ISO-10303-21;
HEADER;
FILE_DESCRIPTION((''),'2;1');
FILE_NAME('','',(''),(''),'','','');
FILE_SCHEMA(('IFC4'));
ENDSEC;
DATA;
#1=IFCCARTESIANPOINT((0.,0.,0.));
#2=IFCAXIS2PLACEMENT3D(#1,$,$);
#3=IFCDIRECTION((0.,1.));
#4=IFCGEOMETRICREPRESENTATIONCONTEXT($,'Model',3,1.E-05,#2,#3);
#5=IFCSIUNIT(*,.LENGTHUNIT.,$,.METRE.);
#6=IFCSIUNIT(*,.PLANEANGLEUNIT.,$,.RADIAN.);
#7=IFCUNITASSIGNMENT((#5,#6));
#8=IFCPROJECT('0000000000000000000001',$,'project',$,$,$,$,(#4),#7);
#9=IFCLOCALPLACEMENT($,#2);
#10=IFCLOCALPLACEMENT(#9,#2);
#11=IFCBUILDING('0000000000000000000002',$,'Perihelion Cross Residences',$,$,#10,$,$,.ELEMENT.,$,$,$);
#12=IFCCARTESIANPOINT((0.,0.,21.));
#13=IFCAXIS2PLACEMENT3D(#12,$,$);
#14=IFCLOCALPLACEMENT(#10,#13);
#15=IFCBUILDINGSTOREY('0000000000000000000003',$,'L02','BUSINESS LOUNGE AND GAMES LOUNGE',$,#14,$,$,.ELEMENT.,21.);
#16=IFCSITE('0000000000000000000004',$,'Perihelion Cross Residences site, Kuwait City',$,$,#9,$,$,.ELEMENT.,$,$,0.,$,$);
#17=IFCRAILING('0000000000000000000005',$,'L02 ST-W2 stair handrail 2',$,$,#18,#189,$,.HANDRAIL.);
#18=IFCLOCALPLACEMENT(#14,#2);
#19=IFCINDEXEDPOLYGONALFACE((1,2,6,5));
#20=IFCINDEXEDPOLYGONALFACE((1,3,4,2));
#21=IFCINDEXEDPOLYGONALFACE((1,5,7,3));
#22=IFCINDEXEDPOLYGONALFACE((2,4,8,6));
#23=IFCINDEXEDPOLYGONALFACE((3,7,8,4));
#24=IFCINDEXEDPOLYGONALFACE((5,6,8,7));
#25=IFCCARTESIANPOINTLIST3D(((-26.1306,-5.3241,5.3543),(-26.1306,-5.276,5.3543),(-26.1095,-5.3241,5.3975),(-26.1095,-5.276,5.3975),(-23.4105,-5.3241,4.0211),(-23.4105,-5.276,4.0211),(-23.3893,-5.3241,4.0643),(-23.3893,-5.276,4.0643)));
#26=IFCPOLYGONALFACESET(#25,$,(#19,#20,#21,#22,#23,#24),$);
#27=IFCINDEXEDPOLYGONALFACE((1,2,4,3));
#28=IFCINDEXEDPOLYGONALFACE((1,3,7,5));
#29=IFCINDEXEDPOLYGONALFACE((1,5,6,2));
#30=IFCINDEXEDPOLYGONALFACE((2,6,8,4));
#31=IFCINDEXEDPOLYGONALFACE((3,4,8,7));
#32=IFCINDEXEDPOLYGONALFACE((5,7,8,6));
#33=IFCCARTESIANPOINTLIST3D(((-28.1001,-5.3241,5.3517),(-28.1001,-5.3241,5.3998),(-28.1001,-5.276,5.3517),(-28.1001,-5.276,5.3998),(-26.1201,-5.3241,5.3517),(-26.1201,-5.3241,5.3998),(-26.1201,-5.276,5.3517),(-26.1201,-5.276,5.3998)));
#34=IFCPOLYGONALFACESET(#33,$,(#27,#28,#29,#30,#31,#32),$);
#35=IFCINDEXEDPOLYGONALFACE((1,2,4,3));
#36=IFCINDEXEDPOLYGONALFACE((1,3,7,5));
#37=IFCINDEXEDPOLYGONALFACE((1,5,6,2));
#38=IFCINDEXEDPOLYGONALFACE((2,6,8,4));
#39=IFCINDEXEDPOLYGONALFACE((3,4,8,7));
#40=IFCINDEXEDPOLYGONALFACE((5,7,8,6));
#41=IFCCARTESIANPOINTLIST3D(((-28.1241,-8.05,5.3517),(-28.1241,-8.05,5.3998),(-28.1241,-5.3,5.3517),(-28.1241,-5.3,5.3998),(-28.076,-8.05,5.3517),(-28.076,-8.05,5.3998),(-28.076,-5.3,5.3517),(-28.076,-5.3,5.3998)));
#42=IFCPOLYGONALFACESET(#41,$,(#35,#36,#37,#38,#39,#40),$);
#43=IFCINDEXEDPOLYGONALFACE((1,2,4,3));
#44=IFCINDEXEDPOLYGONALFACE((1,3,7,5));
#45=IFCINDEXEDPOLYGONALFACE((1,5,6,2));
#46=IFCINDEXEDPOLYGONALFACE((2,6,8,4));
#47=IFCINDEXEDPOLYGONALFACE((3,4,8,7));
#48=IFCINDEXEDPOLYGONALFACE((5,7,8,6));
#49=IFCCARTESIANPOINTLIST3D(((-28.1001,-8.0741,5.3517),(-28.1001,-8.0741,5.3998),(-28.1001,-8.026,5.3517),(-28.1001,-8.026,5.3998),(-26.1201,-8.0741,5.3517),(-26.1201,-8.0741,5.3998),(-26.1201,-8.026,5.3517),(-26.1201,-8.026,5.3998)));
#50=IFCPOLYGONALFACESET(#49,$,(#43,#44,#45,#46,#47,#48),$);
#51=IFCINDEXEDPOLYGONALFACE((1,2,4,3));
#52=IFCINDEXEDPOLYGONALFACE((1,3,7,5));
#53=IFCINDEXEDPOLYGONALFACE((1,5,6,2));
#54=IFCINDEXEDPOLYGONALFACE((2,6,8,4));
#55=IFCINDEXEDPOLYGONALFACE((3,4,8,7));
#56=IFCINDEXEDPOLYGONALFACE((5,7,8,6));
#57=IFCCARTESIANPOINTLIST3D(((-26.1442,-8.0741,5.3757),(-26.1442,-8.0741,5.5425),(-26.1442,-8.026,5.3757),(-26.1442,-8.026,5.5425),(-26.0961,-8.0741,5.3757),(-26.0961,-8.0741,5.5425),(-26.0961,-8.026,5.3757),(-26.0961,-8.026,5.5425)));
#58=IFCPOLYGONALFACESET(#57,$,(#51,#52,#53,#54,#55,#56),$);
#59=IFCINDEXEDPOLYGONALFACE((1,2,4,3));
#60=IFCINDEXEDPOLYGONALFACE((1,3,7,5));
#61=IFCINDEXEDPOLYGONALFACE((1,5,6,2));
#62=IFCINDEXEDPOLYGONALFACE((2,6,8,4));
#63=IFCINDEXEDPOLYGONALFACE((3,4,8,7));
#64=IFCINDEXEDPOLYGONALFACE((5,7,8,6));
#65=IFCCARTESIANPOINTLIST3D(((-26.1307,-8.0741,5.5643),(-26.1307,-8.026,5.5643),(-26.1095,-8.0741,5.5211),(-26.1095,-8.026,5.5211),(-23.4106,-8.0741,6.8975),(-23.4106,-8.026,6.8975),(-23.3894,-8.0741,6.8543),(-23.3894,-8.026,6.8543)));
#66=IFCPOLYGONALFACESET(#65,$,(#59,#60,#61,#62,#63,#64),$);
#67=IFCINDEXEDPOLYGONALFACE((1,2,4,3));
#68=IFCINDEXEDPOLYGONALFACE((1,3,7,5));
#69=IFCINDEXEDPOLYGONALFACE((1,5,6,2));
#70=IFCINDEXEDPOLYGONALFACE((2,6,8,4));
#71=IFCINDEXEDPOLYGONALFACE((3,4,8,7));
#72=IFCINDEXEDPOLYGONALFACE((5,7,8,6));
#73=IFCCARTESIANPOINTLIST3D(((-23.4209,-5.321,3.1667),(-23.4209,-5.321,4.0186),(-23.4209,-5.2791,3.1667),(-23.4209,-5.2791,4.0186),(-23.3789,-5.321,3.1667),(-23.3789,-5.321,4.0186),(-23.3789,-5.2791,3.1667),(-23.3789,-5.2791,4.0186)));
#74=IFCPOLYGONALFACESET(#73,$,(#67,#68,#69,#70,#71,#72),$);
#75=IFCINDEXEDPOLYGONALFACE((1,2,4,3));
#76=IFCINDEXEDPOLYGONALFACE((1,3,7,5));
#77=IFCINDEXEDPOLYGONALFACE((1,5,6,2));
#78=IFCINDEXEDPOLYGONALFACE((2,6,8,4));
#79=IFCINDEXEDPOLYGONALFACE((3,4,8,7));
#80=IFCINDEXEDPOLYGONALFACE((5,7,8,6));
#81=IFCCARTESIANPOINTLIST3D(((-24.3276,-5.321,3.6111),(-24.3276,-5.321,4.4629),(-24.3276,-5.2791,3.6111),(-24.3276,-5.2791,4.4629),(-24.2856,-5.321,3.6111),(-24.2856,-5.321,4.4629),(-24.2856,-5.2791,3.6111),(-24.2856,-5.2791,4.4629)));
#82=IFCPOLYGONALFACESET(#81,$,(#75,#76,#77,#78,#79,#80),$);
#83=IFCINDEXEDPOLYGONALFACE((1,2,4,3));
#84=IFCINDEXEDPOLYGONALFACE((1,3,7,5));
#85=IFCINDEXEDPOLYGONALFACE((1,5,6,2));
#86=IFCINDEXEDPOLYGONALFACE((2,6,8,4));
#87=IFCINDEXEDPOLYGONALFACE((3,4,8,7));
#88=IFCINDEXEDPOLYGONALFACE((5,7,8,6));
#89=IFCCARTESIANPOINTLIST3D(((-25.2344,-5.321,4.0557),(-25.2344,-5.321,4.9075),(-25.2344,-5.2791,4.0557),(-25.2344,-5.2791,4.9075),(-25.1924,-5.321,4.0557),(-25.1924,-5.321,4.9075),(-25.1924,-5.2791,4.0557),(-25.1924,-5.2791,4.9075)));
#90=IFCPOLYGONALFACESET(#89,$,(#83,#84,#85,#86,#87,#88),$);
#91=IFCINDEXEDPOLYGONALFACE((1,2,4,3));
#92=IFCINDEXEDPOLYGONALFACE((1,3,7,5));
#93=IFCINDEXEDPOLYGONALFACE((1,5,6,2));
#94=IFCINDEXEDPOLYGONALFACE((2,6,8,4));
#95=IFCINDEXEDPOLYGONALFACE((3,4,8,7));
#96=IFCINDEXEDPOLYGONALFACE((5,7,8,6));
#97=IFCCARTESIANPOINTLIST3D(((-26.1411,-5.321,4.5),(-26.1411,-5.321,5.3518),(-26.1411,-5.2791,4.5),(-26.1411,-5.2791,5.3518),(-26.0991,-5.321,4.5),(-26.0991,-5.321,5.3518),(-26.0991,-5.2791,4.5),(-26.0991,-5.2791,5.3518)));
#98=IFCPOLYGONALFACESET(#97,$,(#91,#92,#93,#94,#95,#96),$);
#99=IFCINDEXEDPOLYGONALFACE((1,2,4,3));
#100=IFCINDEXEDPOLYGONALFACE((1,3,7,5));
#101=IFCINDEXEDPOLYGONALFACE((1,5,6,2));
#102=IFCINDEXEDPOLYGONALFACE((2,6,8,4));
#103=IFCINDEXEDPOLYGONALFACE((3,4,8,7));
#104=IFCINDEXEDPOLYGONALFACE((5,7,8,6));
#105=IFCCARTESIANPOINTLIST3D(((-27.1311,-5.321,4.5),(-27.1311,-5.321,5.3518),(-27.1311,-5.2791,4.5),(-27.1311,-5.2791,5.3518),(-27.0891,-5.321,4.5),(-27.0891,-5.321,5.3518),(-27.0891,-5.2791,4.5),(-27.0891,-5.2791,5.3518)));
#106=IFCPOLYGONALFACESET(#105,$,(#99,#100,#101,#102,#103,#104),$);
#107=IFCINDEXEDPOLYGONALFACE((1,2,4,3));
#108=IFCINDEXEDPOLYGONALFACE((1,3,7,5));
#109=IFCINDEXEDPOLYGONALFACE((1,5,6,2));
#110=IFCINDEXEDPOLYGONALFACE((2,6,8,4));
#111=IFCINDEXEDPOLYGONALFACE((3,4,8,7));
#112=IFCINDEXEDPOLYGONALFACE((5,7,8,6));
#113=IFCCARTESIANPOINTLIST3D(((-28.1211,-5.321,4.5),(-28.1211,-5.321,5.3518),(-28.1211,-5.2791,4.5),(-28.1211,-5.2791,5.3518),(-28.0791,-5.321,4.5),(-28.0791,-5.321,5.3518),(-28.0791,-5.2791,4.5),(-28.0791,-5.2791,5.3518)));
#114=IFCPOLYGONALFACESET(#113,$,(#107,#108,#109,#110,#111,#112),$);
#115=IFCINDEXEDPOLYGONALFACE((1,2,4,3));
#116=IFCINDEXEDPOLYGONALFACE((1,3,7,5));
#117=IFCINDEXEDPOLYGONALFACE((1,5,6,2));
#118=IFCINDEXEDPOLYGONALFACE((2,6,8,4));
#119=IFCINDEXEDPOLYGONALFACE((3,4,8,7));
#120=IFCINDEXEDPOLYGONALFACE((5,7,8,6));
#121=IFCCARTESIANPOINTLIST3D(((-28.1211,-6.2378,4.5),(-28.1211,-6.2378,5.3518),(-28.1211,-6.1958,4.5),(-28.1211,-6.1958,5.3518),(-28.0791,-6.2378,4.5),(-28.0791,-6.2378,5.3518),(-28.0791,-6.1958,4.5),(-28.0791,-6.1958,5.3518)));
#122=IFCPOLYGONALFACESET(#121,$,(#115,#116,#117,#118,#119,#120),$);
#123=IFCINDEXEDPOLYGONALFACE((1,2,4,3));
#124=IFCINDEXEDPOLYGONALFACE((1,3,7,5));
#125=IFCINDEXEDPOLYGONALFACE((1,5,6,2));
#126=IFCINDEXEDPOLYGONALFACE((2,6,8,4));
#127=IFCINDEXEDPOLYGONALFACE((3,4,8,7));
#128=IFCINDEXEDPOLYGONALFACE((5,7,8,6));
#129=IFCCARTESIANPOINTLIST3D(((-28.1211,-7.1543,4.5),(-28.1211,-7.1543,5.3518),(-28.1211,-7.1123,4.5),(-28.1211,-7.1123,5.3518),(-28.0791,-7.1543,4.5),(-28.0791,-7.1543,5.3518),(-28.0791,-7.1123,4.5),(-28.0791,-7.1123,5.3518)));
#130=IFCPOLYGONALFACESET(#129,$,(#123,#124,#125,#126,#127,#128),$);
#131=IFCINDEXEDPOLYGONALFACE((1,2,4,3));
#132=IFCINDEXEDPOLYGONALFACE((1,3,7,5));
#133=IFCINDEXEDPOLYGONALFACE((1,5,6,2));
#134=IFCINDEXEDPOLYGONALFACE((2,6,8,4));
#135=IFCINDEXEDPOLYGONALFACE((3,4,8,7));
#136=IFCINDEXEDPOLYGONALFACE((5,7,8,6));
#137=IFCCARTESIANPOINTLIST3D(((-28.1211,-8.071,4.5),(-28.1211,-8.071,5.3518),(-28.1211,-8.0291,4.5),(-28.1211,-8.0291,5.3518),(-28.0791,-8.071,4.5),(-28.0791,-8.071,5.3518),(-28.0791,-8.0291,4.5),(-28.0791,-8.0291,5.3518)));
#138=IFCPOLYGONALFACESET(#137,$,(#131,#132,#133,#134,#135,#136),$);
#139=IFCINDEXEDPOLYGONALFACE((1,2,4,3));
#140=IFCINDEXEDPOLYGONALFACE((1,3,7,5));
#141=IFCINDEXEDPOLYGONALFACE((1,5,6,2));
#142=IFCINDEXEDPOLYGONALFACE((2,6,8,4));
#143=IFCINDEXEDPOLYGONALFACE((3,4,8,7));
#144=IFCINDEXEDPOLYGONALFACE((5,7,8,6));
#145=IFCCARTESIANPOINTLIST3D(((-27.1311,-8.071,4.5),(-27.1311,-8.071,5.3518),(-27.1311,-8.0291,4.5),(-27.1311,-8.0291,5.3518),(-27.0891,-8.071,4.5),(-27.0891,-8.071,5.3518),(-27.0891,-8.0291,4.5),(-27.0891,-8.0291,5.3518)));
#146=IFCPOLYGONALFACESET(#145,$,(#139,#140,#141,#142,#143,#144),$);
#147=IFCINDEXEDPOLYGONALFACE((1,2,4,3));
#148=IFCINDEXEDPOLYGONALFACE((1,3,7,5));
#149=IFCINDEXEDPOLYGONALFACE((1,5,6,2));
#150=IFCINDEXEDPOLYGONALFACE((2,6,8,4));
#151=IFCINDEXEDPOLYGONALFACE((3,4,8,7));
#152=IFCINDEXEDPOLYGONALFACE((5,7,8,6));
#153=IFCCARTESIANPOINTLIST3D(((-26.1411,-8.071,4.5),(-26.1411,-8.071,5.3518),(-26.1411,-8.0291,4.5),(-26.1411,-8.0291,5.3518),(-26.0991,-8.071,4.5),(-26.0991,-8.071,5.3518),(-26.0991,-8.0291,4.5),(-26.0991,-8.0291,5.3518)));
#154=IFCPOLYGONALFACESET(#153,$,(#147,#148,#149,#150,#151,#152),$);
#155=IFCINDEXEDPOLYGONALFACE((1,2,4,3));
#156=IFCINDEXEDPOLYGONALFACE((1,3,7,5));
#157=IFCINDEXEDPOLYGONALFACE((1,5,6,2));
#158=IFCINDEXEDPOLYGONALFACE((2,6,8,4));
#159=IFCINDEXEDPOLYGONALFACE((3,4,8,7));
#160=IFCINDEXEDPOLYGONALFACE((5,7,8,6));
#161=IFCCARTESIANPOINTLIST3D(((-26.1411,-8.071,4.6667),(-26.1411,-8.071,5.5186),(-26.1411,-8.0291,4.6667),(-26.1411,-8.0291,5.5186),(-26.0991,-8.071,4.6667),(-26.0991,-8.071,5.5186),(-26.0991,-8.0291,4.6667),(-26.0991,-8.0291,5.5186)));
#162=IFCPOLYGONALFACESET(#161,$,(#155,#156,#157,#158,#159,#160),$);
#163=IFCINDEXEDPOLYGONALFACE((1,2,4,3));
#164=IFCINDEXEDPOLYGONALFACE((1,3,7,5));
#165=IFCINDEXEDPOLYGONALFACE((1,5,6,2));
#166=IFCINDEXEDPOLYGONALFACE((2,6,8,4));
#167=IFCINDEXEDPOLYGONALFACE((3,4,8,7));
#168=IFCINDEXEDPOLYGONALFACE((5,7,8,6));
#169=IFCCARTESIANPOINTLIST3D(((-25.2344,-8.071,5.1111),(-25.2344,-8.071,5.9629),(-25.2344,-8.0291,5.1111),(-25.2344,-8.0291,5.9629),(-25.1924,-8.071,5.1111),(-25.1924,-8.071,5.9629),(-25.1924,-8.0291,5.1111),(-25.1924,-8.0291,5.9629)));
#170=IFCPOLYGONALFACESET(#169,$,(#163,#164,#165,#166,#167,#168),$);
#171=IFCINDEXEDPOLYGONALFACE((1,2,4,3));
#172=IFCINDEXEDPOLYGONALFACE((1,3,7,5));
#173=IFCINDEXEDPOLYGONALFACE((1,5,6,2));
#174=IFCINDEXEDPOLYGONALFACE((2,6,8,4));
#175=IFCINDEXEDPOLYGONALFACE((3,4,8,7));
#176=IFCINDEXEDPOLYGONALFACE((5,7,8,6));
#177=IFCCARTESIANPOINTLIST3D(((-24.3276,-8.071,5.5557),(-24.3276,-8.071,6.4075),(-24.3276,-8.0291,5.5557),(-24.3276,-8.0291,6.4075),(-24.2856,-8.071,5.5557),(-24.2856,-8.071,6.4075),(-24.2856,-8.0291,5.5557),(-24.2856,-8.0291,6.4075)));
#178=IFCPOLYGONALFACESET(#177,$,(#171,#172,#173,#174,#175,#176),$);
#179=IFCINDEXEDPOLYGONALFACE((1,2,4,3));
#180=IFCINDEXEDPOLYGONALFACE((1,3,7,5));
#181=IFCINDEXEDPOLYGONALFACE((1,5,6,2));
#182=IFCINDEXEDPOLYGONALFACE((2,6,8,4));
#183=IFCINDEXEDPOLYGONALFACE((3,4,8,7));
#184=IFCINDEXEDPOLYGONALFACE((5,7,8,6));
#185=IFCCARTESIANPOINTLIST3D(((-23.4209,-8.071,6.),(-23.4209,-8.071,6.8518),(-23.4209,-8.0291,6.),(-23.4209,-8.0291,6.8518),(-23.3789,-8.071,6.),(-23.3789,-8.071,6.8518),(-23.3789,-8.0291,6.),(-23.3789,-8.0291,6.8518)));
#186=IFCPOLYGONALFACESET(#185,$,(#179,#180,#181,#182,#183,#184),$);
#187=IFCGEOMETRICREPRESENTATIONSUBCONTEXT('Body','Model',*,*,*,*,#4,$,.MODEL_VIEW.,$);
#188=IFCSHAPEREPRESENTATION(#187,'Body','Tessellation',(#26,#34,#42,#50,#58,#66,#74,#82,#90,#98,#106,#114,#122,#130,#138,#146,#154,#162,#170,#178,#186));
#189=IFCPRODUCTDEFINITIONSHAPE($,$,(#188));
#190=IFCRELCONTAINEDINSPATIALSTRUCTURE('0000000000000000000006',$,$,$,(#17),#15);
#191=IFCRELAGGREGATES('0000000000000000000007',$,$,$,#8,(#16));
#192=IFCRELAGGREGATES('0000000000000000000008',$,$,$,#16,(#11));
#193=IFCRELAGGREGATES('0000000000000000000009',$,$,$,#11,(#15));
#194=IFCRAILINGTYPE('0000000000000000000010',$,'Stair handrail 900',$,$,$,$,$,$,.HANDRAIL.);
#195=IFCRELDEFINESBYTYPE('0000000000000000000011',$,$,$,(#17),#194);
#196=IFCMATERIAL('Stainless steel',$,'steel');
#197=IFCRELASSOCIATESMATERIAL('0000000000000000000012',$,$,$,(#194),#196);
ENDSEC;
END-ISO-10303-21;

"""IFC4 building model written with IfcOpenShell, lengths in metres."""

from ifc_helpers import new_model, si_unit, direction, frame, origin, origin_2d, place, context, subcontext, project, spatial, rectangle, extrude, material, type_object, element, save


model = new_model("IFC4")

# Units and contexts
model_context = context("Model", 3, precision=1e-05, world=origin(), true_north=direction((0.0, 1.0)))
body_context = subcontext(model_context, "Body", "Model", "MODEL_VIEW")
ifc_project = project(units=[si_unit("LENGTHUNIT", "METRE"), si_unit("PLANEANGLEUNIT", "RADIAN")], contexts=[model_context])

# Site, building, storey
site_placement = place(None, origin())
site = spatial("IfcSite", under=ifc_project, at=site_placement, Name="Perihelion Cross Residences site, Kuwait City", CompositionType="ELEMENT", RefElevation=0.0)
building_placement = place(site_placement, origin())
building = spatial("IfcBuilding", under=site, at=building_placement, Name="Perihelion Cross Residences", CompositionType="ELEMENT")
storey_placement = place(building_placement, frame((0.0, 0.0, 21.0)))
storey = spatial("IfcBuildingStorey", under=building, at=storey_placement, Name="L02", Description="BUSINESS LOUNGE AND GAMES LOUNGE", CompositionType="ELEMENT", Elevation=21.0)

# Railing
ifc_material_1 = material(Name="Stainless steel", Category="steel")
railing_type_1 = type_object("IfcRailingType", Name="Stair handrail 900", PredefinedType="HANDRAIL", material=ifc_material_1)
railing_1_placement = place(storey_placement, frame((-23.3999, -5.3, 3.1667)))
element("IfcRailing", 1, at=railing_1_placement, inside=storey, type_object=railing_type_1, Name="L02 ST-W2 stair handrail 2", PredefinedType="HANDRAIL", context=body_context, shape_type="SweptSolid", body=[
    extrude(rectangle(XDim=0.0481, YDim=0.0481, at=origin_2d()), frame((0.0, 0.0, 0.876), z_axis=(-0.897945, 0.0, 0.440108), x_axis=(0.0, -1.0, 0.0)), (0.0, 0.0, 1.0), 3.0293),
    extrude(rectangle(XDim=0.0481, YDim=0.0481, at=origin_2d()), frame((-2.7202, 0.0, 2.209), z_axis=(-1.0, 0.0, 0.0), x_axis=(0.0, -1.0, 0.0)), (0.0, 0.0, 1.0), 1.98),
    extrude(rectangle(XDim=0.0481, YDim=0.0481, at=origin_2d()), frame((-4.7002, 0.0, 2.209), z_axis=(0.0, -1.0, 0.0), x_axis=(1.0, 0.0, 0.0)), (0.0, 0.0, 1.0), 2.75),
    extrude(rectangle(XDim=0.0481, YDim=0.0481, at=origin_2d()), frame((-4.7002, -2.75, 2.209), z_axis=(1.0, 0.0, 0.0), x_axis=(0.0, 1.0, 0.0)), (0.0, 0.0, 1.0), 1.98),
    extrude(rectangle(XDim=0.0481, YDim=0.0481, at=origin_2d()), frame((-2.7202, -2.75, 2.209), z_axis=(0.0, 0.0, 1.0), x_axis=(1.0, 0.0, 0.0)), (0.0, 0.0, 1.0), 0.1667),
    extrude(rectangle(XDim=0.0481, YDim=0.0481, at=origin_2d()), frame((-2.7202, -2.75, 2.376), z_axis=(0.897945, 0.0, 0.440108), x_axis=(0.0, 1.0, 0.0)), (0.0, 0.0, 1.0), 3.0293),
    extrude(rectangle(XDim=0.042, YDim=0.042, at=origin_2d()), origin(), (0.0, 0.0, 1.0), 0.8518),
    extrude(rectangle(XDim=0.042, YDim=0.042, at=origin_2d()), frame((-0.9067, 0.0, 0.4443)), (0.0, 0.0, 1.0), 0.8518),
    extrude(rectangle(XDim=0.042, YDim=0.042, at=origin_2d()), frame((-1.8135, 0.0, 0.8889)), (0.0, 0.0, 1.0), 0.8518),
    extrude(rectangle(XDim=0.042, YDim=0.042, at=origin_2d()), frame((-2.7202, 0.0, 1.3333)), (0.0, 0.0, 1.0), 0.8518),
    extrude(rectangle(XDim=0.042, YDim=0.042, at=origin_2d()), frame((-3.7102, 0.0, 1.3333)), (0.0, 0.0, 1.0), 0.8518),
    extrude(rectangle(XDim=0.042, YDim=0.042, at=origin_2d()), frame((-4.7002, 0.0, 1.3333)), (0.0, 0.0, 1.0), 0.8518),
    extrude(rectangle(XDim=0.042, YDim=0.042, at=origin_2d()), frame((-4.7002, -0.9167, 1.3333)), (0.0, 0.0, 1.0), 0.8518),
    extrude(rectangle(XDim=0.042, YDim=0.042, at=origin_2d()), frame((-4.7002, -1.8333, 1.3333)), (0.0, 0.0, 1.0), 0.8518),
    extrude(rectangle(XDim=0.042, YDim=0.042, at=origin_2d()), frame((-4.7002, -2.75, 1.3333)), (0.0, 0.0, 1.0), 0.8518),
    extrude(rectangle(XDim=0.042, YDim=0.042, at=origin_2d()), frame((-3.7102, -2.75, 1.3333)), (0.0, 0.0, 1.0), 0.8518),
    extrude(rectangle(XDim=0.042, YDim=0.042, at=origin_2d()), frame((-2.7202, -2.75, 1.3333)), (0.0, 0.0, 1.0), 0.8518),
    extrude(rectangle(XDim=0.042, YDim=0.042, at=origin_2d()), frame((-2.7202, -2.75, 1.5)), (0.0, 0.0, 1.0), 0.8518),
    extrude(rectangle(XDim=0.042, YDim=0.042, at=origin_2d()), frame((-1.8135, -2.75, 1.9443)), (0.0, 0.0, 1.0), 0.8518),
    extrude(rectangle(XDim=0.042, YDim=0.042, at=origin_2d()), frame((-0.9067, -2.75, 2.3889)), (0.0, 0.0, 1.0), 0.8518),
    extrude(rectangle(XDim=0.042, YDim=0.042, at=origin_2d()), frame((0.0, -2.75, 2.8333)), (0.0, 0.0, 1.0), 0.8518),
])

save(model, "model.ifc")
